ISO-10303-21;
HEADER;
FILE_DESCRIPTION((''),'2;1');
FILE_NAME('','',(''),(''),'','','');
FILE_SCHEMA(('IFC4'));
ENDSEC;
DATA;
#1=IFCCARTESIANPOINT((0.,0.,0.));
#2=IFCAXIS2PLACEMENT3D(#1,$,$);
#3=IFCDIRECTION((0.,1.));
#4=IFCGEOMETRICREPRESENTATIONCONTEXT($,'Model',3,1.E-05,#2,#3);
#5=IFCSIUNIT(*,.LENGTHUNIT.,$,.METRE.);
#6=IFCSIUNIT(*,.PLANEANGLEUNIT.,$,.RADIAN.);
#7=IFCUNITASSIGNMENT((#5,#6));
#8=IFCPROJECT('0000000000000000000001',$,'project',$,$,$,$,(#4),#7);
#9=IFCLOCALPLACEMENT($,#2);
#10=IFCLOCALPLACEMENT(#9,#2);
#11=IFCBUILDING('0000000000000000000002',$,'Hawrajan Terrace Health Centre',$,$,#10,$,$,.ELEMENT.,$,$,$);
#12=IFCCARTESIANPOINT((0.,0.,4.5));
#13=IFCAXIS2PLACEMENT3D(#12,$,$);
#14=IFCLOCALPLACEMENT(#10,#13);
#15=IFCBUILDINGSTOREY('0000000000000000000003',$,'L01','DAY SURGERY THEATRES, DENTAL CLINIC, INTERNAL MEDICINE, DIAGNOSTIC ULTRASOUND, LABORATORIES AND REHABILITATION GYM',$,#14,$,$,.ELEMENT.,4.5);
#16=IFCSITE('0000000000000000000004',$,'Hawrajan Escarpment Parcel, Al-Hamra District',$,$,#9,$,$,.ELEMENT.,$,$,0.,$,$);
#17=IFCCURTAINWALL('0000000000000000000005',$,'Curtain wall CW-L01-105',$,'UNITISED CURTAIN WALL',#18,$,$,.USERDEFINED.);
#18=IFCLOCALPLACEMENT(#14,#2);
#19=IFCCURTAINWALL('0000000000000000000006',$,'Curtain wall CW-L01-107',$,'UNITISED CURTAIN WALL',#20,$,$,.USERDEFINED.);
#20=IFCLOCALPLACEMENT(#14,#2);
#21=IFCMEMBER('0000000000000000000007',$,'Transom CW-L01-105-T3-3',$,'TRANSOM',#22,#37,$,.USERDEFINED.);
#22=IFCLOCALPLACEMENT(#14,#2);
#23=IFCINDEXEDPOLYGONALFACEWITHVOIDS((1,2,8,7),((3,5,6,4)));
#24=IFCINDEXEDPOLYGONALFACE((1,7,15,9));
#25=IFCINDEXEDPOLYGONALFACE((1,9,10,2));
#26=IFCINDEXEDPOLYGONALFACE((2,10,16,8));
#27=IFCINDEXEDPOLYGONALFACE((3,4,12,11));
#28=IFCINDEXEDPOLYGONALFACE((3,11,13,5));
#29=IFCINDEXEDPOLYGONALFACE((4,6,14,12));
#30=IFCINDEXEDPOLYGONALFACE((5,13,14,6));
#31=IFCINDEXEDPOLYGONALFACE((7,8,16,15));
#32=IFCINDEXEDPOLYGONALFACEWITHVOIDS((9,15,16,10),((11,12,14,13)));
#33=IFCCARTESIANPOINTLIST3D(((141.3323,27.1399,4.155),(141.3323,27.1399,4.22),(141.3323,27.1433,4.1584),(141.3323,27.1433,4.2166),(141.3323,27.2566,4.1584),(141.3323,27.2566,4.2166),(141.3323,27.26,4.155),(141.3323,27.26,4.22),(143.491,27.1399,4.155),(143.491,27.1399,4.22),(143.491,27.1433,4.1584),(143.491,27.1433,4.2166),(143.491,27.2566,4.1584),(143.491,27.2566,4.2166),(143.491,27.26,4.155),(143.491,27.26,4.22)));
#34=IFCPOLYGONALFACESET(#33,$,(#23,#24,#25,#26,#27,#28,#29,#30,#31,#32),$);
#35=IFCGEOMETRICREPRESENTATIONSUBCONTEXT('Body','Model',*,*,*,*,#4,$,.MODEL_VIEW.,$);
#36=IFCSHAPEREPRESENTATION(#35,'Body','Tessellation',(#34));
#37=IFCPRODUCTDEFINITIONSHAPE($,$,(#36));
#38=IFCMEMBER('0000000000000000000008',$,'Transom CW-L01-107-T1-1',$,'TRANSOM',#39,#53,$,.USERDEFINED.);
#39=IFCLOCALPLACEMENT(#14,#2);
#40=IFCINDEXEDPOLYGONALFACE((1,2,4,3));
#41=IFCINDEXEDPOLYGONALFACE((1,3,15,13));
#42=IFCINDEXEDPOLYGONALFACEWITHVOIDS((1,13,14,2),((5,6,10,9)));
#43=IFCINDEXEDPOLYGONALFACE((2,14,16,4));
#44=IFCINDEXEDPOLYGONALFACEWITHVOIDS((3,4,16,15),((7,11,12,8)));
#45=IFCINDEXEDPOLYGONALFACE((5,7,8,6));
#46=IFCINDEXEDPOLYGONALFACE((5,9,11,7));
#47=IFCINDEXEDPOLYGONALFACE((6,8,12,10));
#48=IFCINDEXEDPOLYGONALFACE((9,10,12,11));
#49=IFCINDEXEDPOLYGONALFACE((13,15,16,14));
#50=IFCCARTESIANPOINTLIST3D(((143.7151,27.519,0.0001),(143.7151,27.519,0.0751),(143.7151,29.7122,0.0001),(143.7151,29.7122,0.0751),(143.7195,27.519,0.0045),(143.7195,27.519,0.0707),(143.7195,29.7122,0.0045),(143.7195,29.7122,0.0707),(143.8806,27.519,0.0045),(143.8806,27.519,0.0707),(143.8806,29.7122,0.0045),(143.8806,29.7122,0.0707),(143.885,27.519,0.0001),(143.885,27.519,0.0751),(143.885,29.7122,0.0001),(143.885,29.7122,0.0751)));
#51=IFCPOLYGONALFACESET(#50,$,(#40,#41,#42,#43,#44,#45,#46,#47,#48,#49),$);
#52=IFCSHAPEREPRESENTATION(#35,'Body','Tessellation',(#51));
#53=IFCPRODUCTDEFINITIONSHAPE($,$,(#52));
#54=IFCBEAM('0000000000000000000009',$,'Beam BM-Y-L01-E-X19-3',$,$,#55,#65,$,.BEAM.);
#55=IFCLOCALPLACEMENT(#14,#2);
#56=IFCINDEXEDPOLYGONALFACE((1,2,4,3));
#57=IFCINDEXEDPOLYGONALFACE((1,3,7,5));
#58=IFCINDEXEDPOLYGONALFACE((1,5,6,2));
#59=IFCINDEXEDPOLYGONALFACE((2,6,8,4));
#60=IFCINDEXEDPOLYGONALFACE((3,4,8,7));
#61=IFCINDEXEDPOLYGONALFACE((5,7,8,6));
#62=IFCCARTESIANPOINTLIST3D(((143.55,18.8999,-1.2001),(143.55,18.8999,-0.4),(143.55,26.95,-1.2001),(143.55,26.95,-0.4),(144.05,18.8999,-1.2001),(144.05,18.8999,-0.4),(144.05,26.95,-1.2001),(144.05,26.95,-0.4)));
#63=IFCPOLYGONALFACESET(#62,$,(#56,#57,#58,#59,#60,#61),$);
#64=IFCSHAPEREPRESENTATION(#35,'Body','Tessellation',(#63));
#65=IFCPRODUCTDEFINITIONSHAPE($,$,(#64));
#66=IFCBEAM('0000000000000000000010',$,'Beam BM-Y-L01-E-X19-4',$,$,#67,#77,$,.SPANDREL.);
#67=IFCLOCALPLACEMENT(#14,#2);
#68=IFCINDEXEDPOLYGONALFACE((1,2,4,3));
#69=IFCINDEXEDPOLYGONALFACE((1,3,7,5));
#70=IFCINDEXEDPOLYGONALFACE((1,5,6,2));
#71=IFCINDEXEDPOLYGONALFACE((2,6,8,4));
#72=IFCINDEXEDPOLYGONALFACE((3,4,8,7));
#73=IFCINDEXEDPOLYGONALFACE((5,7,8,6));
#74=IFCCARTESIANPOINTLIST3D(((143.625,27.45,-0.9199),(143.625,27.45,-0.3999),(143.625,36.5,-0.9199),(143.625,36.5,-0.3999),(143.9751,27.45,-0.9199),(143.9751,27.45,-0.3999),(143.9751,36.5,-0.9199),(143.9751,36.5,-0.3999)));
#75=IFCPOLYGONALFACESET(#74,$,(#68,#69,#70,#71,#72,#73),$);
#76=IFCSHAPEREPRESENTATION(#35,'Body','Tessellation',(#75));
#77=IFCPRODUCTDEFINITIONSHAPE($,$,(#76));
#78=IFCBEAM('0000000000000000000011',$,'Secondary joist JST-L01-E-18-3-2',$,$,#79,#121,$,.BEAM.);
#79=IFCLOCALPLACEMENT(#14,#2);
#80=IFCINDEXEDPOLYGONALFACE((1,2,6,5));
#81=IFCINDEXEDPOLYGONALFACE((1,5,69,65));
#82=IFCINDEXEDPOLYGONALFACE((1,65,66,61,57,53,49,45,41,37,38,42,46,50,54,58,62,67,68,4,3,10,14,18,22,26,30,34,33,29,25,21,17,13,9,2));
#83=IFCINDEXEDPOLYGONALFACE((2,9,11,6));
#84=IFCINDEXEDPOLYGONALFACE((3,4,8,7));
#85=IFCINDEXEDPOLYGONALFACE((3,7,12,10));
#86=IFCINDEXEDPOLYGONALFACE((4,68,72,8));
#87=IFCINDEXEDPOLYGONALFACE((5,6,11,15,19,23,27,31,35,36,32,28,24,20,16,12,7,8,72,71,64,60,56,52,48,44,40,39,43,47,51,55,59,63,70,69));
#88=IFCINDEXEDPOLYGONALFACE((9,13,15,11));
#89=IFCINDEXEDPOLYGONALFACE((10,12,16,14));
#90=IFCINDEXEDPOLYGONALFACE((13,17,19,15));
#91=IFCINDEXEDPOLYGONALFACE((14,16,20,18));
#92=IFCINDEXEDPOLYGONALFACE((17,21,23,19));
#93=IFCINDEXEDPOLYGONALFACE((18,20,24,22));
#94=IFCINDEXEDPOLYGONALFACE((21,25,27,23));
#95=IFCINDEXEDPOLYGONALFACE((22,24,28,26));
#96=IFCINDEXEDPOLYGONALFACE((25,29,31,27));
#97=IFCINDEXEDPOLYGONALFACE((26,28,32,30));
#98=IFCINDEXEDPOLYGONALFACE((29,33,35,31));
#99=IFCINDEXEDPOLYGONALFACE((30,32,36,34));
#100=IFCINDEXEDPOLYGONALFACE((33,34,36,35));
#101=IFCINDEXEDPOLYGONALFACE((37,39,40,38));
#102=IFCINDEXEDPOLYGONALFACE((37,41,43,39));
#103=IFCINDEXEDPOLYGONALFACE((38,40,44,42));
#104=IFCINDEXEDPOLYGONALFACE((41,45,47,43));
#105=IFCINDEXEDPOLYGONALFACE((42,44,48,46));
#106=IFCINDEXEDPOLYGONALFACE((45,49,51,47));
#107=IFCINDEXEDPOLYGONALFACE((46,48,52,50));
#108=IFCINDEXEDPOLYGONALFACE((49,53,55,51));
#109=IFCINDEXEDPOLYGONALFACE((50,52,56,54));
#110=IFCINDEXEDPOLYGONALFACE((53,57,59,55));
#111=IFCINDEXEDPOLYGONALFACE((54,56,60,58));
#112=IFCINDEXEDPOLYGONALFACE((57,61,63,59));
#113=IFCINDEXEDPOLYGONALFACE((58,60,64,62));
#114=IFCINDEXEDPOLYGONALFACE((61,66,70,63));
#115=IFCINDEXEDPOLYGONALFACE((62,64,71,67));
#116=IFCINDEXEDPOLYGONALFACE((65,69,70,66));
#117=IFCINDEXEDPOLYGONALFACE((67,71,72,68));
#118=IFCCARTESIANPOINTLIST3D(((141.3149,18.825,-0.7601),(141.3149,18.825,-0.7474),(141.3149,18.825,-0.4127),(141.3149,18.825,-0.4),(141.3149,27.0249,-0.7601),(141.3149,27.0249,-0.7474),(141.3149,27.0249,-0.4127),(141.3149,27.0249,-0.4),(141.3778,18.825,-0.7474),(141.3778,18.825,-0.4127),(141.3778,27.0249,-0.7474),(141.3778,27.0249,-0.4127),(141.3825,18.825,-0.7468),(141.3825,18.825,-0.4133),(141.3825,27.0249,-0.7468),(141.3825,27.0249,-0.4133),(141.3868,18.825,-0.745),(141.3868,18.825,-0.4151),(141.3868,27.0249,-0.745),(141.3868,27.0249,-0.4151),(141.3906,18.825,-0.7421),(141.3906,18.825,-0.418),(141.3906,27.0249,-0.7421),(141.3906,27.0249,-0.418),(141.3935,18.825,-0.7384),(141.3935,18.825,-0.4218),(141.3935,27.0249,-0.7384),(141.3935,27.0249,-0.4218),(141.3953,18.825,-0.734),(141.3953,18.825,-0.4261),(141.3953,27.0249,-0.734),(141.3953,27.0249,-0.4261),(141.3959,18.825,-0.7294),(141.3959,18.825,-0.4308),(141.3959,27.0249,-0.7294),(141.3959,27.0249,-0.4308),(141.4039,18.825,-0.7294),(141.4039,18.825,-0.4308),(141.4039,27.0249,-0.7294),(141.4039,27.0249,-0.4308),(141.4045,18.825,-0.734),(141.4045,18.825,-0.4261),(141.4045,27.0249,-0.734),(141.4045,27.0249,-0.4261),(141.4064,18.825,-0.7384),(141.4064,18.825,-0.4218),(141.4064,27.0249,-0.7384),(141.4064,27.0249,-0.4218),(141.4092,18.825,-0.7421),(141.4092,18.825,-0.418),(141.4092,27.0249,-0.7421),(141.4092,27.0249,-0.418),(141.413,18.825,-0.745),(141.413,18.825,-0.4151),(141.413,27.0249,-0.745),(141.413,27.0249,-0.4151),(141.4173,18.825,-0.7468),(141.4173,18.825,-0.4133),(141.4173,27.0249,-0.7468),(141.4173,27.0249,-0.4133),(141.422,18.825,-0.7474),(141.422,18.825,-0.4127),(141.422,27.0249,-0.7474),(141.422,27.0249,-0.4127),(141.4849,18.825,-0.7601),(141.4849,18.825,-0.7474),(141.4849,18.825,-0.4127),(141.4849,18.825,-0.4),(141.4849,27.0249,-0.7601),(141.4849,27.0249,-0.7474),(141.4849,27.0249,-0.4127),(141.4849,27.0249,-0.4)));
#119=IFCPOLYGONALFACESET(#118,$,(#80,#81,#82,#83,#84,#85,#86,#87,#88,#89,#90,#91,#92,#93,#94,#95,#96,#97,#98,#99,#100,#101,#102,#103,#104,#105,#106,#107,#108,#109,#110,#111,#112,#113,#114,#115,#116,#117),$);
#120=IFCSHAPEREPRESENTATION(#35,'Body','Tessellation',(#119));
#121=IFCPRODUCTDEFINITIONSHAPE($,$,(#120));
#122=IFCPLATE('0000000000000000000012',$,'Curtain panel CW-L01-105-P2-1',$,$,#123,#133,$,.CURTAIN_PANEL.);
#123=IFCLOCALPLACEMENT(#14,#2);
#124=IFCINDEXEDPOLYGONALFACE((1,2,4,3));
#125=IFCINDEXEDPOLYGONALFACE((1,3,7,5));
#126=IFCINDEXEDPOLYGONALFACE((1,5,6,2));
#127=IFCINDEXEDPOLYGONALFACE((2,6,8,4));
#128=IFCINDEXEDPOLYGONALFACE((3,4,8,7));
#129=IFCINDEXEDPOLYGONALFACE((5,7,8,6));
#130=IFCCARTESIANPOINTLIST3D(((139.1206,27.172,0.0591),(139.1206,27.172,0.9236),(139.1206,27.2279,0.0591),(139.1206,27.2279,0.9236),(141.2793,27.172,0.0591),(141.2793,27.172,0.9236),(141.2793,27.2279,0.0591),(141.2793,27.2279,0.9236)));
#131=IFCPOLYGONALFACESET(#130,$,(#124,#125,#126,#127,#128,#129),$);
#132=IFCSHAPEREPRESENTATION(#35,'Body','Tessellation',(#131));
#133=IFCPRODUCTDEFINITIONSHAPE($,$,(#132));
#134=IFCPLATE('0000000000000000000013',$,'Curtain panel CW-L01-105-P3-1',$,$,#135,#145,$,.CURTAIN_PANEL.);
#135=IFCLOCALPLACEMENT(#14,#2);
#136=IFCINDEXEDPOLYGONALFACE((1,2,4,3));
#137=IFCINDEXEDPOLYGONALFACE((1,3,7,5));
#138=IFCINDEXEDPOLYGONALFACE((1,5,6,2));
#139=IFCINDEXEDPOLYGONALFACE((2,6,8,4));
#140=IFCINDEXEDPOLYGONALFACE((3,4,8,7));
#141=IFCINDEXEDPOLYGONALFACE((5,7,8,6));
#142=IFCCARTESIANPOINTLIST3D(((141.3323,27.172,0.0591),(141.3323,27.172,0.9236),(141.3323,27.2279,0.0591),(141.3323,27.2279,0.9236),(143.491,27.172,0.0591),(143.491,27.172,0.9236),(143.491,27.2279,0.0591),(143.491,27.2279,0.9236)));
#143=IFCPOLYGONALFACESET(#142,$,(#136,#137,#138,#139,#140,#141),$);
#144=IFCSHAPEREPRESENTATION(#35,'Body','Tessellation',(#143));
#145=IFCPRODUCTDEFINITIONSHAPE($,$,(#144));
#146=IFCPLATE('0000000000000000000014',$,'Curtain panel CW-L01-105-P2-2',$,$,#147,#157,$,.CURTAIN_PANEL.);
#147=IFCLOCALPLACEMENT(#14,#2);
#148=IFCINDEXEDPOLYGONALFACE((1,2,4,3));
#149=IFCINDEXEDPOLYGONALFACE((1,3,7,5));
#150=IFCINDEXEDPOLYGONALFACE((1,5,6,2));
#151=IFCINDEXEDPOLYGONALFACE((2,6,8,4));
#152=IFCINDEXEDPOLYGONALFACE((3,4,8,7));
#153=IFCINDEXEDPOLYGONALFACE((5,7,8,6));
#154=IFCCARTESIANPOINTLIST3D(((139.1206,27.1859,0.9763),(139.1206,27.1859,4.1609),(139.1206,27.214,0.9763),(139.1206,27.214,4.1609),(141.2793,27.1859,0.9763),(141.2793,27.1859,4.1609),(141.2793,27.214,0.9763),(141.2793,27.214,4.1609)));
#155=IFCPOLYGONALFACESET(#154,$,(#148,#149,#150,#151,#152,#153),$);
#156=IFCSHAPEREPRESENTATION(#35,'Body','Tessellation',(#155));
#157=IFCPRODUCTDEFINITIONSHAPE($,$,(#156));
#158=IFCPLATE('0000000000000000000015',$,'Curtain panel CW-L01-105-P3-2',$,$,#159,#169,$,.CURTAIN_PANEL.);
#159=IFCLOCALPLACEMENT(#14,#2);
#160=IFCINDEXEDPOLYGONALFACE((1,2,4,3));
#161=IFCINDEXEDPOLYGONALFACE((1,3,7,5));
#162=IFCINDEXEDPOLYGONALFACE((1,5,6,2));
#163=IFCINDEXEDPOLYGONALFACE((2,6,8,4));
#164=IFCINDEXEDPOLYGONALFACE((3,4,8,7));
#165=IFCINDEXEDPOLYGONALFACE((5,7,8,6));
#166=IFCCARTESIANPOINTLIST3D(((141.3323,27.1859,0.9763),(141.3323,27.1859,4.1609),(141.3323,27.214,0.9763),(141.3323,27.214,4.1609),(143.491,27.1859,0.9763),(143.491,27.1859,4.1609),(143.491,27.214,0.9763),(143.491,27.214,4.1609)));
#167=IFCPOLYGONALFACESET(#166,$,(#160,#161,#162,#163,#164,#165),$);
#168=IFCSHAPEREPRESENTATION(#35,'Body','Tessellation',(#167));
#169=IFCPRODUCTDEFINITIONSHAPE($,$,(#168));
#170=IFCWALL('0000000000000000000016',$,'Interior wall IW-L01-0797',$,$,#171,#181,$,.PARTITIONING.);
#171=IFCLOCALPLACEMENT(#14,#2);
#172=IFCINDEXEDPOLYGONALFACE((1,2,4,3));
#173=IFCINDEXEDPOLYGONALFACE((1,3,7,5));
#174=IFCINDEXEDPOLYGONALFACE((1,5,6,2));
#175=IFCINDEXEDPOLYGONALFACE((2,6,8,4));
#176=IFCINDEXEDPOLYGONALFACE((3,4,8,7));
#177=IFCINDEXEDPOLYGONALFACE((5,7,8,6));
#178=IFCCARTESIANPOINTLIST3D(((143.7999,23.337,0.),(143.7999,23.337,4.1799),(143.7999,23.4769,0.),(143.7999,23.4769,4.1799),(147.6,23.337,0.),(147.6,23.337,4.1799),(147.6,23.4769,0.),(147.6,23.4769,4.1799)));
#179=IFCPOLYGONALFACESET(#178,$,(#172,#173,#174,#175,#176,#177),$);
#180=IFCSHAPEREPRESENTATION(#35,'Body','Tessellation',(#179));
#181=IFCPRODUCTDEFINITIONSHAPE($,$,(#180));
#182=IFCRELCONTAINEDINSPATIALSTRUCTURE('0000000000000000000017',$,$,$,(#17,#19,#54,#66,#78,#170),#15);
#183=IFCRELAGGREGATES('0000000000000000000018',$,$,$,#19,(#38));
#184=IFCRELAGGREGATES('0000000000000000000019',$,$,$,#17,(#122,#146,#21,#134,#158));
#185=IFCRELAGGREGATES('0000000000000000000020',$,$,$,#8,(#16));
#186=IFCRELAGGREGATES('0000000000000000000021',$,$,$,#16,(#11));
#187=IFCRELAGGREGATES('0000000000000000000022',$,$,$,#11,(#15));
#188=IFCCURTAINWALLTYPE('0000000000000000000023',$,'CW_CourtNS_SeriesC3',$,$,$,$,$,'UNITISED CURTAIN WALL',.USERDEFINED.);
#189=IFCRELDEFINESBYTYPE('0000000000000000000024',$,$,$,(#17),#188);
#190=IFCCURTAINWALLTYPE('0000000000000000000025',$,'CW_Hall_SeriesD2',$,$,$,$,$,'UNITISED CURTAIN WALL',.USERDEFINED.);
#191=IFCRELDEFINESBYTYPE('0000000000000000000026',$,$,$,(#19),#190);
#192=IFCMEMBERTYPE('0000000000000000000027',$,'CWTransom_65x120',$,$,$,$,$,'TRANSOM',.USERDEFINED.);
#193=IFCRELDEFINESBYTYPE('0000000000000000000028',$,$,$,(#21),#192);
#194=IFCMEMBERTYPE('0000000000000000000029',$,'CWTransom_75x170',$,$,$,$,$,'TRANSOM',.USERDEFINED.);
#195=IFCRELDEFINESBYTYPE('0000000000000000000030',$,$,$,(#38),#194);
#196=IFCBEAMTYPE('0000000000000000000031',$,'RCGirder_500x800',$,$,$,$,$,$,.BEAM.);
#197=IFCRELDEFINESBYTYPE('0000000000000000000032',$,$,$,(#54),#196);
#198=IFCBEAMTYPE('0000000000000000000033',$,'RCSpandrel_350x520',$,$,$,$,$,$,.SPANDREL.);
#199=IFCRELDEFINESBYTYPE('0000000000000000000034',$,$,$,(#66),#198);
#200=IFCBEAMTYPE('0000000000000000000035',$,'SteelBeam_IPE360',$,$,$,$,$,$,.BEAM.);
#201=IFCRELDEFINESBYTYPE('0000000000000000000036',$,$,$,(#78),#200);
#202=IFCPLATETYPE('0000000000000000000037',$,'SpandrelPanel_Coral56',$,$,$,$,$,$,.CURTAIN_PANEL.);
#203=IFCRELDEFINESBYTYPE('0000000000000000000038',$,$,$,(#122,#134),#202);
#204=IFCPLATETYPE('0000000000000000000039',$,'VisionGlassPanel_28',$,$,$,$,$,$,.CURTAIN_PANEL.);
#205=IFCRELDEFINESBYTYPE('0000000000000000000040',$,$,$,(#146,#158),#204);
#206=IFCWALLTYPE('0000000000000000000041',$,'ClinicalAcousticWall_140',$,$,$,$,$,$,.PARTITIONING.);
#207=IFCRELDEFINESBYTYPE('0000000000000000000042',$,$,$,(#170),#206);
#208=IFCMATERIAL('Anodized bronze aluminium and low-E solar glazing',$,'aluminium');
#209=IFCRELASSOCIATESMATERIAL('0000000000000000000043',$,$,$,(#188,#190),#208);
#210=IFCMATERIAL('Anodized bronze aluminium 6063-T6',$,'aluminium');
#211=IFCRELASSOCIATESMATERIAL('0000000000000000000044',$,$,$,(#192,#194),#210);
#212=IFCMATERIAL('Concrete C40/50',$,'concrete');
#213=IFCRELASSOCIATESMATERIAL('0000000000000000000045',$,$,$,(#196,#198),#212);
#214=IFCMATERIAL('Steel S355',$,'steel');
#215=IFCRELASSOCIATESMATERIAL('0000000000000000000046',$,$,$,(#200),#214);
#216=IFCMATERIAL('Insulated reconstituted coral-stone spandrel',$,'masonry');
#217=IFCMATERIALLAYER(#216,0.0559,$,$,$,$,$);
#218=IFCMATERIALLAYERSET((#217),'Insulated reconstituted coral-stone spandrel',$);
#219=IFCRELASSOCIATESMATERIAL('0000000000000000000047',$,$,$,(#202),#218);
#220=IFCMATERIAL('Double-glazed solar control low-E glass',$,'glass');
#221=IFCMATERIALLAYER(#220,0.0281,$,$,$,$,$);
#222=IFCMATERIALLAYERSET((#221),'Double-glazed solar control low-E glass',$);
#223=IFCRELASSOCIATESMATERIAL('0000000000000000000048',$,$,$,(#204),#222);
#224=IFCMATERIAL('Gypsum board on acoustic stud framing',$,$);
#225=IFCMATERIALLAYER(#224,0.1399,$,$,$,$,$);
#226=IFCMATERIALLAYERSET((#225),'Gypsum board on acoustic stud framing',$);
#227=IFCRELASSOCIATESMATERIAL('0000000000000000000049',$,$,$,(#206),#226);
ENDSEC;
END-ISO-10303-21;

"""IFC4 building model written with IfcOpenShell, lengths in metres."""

from ifc_helpers import new_model, si_unit, direction, frame, frame_2d, origin, origin_2d, place, context, subcontext, project, spatial, rectangle, hollow_rectangle, i_section, extrude, material, layer, layer_set, material_profile, profile_set, type_object, element, aggregate, save


model = new_model("IFC4")

# Units and contexts
model_context = context("Model", 3, precision=1e-05, world=origin(), true_north=direction((0.0, 1.0)))
body_context = subcontext(model_context, "Body", "Model", "MODEL_VIEW")
ifc_project = project(units=[si_unit("LENGTHUNIT", "METRE"), si_unit("PLANEANGLEUNIT", "RADIAN")], contexts=[model_context])

# Site, building, storey
site_placement = place(None, origin())
site = spatial("IfcSite", under=ifc_project, at=site_placement, Name="Hawrajan Escarpment Parcel, Al-Hamra District", CompositionType="ELEMENT", RefElevation=0.0)
building_placement = place(site_placement, origin())
building = spatial("IfcBuilding", under=site, at=building_placement, Name="Hawrajan Terrace Health Centre", CompositionType="ELEMENT")
storey_placement = place(building_placement, frame((0.0, 0.0, 4.5)))
storey = spatial("IfcBuildingStorey", under=building, at=storey_placement, Name="L01", Description="DAY SURGERY THEATRES, DENTAL CLINIC, INTERNAL MEDICINE, DIAGNOSTIC ULTRASOUND, LABORATORIES AND REHABILITATION GYM", CompositionType="ELEMENT", Elevation=4.5)

# Shared definitions
ifc_material_1 = material(Name="Concrete C40/50", Category="concrete")

# Curtain wall
ifc_material_2 = material(Name="Anodized bronze aluminium and low-E solar glazing", Category="aluminium")
curtain_wall_type_1 = type_object("IfcCurtainWallType", Name="CW_CourtNS_SeriesC3", ElementType="UNITISED CURTAIN WALL", PredefinedType="USERDEFINED", material=ifc_material_2)
curtain_wall_1_placement = place(storey_placement, origin())
curtain_wall_1 = element("IfcCurtainWall", 1, at=curtain_wall_1_placement, inside=storey, type_object=curtain_wall_type_1, Name="Curtain wall CW-L01-105", ObjectType="UNITISED CURTAIN WALL", PredefinedType="USERDEFINED")
ifc_material_3 = material(Name="Anodized bronze aluminium 6063-T6", Category="aluminium")

# Curtain wall
curtain_wall_type_2 = type_object("IfcCurtainWallType", Name="CW_Hall_SeriesD2", ElementType="UNITISED CURTAIN WALL", PredefinedType="USERDEFINED", material=ifc_material_2)
curtain_wall_2_placement = place(storey_placement, origin())
curtain_wall_2 = element("IfcCurtainWall", 2, at=curtain_wall_2_placement, inside=storey, type_object=curtain_wall_type_2, Name="Curtain wall CW-L01-107", ObjectType="UNITISED CURTAIN WALL", PredefinedType="USERDEFINED")

# Members
ifc_material_profile_1 = material_profile(ifc_material_3, hollow_rectangle(XDim=0.0649, YDim=0.1201, WallThickness=0.0034, at=origin_2d()), Name="CW TRN 65x120")
ifc_profile_set_1 = profile_set([ifc_material_profile_1], Name="Anodized bronze aluminium 6063-T6")
member_type_1 = type_object("IfcMemberType", Name="CWTransom_65x120", ElementType="TRANSOM", PredefinedType="USERDEFINED", material=ifc_profile_set_1)
member_1_placement = place(storey_placement, frame((141.3323, 27.2, 4.1875), z_axis=(1.0, 0.0, 0.0), x_axis=(0.0, 0.0, 1.0)))
member_1 = element("IfcMember", 3, at=member_1_placement, type_object=member_type_1, Name="Transom CW-L01-105-T3-3", ObjectType="TRANSOM", PredefinedType="USERDEFINED", context=body_context, shape_type="SweptSolid", body=[
    extrude(hollow_rectangle(XDim=0.0649, YDim=0.1201, WallThickness=0.0034, at=origin_2d()), origin(), (0.0, 0.0, 1.0), 2.1587),
])
ifc_material_profile_2 = material_profile(ifc_material_3, hollow_rectangle(XDim=0.075, YDim=0.1699, WallThickness=0.0044, at=origin_2d()), Name="CW TRN 75x170")
ifc_profile_set_2 = profile_set([ifc_material_profile_2], Name="Anodized bronze aluminium 6063-T6")
member_type_2 = type_object("IfcMemberType", Name="CWTransom_75x170", ElementType="TRANSOM", PredefinedType="USERDEFINED", material=ifc_profile_set_2)
member_2_placement = place(storey_placement, frame((143.8, 27.519, 0.0376), z_axis=(0.0, 1.0, 0.0), x_axis=(0.0, 0.0, 1.0)))
member_2 = element("IfcMember", 4, at=member_2_placement, type_object=member_type_2, Name="Transom CW-L01-107-T1-1", ObjectType="TRANSOM", PredefinedType="USERDEFINED", context=body_context, shape_type="SweptSolid", body=[
    extrude(hollow_rectangle(XDim=0.075, YDim=0.1699, WallThickness=0.0044, at=origin_2d()), origin(), (0.0, 0.0, 1.0), 2.1931),
])
aggregate(curtain_wall_2, [member_2])

# Beams
ifc_material_profile_3 = material_profile(ifc_material_1, rectangle(XDim=0.5, YDim=0.8, at=origin_2d()), Name="RC BM 500x800")
ifc_profile_set_3 = profile_set([ifc_material_profile_3], Name="Concrete C40/50")
beam_type_1 = type_object("IfcBeamType", Name="RCGirder_500x800", PredefinedType="BEAM", material=ifc_profile_set_3)
beam_1_placement = place(storey_placement, frame((143.8, 18.8999, -0.8), z_axis=(0.0, 1.0, 0.0), x_axis=(-1.0, 0.0, 0.0)))
element("IfcBeam", 5, at=beam_1_placement, inside=storey, type_object=beam_type_1, Name="Beam BM-Y-L01-E-X19-3", PredefinedType="BEAM", context=body_context, shape_type="SweptSolid", body=[
    extrude(rectangle(XDim=0.5, YDim=0.8, at=origin_2d()), origin(), (0.0, 0.0, 1.0), 8.05),
])
ifc_material_profile_4 = material_profile(ifc_material_1, rectangle(XDim=0.3501, YDim=0.52, at=origin_2d()), Name="RC SP 350x520")
ifc_profile_set_4 = profile_set([ifc_material_profile_4], Name="Concrete C40/50")
beam_type_2 = type_object("IfcBeamType", Name="RCSpandrel_350x520", PredefinedType="SPANDREL", material=ifc_profile_set_4)
beam_2_placement = place(storey_placement, frame((143.8, 27.45, -0.6599), z_axis=(0.0, 1.0, 0.0), x_axis=(-1.0, 0.0, 0.0)))
element("IfcBeam", 6, at=beam_2_placement, inside=storey, type_object=beam_type_2, Name="Beam BM-Y-L01-E-X19-4", PredefinedType="SPANDREL", context=body_context, shape_type="SweptSolid", body=[
    extrude(rectangle(XDim=0.3501, YDim=0.52, at=origin_2d()), origin(), (0.0, 0.0, 1.0), 9.05),
])
ifc_material_4 = material(Name="Steel S355", Category="steel")
ifc_material_profile_5 = material_profile(ifc_material_4, i_section(OverallWidth=0.1699, OverallDepth=0.3601, WebThickness=0.0081, FlangeThickness=0.0127, FilletRadius=0.0181, at=origin_2d()), Name="IPE 360")
ifc_profile_set_5 = profile_set([ifc_material_profile_5], Name="Steel S355")
beam_type_3 = type_object("IfcBeamType", Name="SteelBeam_IPE360", PredefinedType="BEAM", material=ifc_profile_set_5)
beam_3_placement = place(storey_placement, frame((141.3999, 18.825, -0.5801), z_axis=(0.0, 1.0, 0.0), x_axis=(-1.0, 0.0, 0.0)))
element("IfcBeam", 7, at=beam_3_placement, inside=storey, type_object=beam_type_3, Name="Secondary joist JST-L01-E-18-3-2", PredefinedType="BEAM", context=body_context, shape_type="SweptSolid", body=[
    extrude(i_section(OverallWidth=0.1699, OverallDepth=0.3601, WebThickness=0.0081, FlangeThickness=0.0127, FilletRadius=0.0181, at=origin_2d()), origin(), (0.0, 0.0, 1.0), 8.2),
])

# Plates
ifc_material_5 = material(Name="Insulated reconstituted coral-stone spandrel", Category="masonry")
ifc_layer_1 = layer(ifc_material_5, 0.0559)
ifc_layer_set_1 = layer_set([ifc_layer_1], Name="Insulated reconstituted coral-stone spandrel")
plate_type_1 = type_object("IfcPlateType", Name="SpandrelPanel_Coral56", PredefinedType="CURTAIN_PANEL", material=ifc_layer_set_1)
plate_1_placement = place(storey_placement, frame((140.2, 27.2, 0.0591), z_axis=(0.0, 0.0, 1.0), x_axis=(1.0, 0.0, 0.0)))
plate_1 = element("IfcPlate", 8, at=plate_1_placement, type_object=plate_type_1, Name="Curtain panel CW-L01-105-P2-1", PredefinedType="CURTAIN_PANEL", context=body_context, shape_type="SweptSolid", body=[
    extrude(rectangle(XDim=2.1587, YDim=0.0559, at=origin_2d()), origin(), (0.0, 0.0, 1.0), 0.8645),
])
plate_2_placement = place(storey_placement, frame((142.4116, 27.2, 0.0591), z_axis=(0.0, 0.0, 1.0), x_axis=(1.0, 0.0, 0.0)))
plate_2 = element("IfcPlate", 9, at=plate_2_placement, type_object=plate_type_1, Name="Curtain panel CW-L01-105-P3-1", PredefinedType="CURTAIN_PANEL", context=body_context, shape_type="SweptSolid", body=[
    extrude(rectangle(XDim=2.1587, YDim=0.0559, at=origin_2d()), origin(), (0.0, 0.0, 1.0), 0.8645),
])
ifc_material_6 = material(Name="Double-glazed solar control low-E glass", Category="glass")
ifc_layer_2 = layer(ifc_material_6, 0.0281)
ifc_layer_set_2 = layer_set([ifc_layer_2], Name="Double-glazed solar control low-E glass")
plate_type_2 = type_object("IfcPlateType", Name="VisionGlassPanel_28", PredefinedType="CURTAIN_PANEL", material=ifc_layer_set_2)
plate_3_placement = place(storey_placement, frame((140.2, 27.2, 0.9763), z_axis=(0.0, 0.0, 1.0), x_axis=(1.0, 0.0, 0.0)))
plate_3 = element("IfcPlate", 10, at=plate_3_placement, type_object=plate_type_2, Name="Curtain panel CW-L01-105-P2-2", PredefinedType="CURTAIN_PANEL", context=body_context, shape_type="SweptSolid", body=[
    extrude(rectangle(XDim=2.1587, YDim=0.0281, at=origin_2d()), origin(), (0.0, 0.0, 1.0), 3.1846),
])
plate_4_placement = place(storey_placement, frame((142.4116, 27.2, 0.9763), z_axis=(0.0, 0.0, 1.0), x_axis=(1.0, 0.0, 0.0)))
plate_4 = element("IfcPlate", 11, at=plate_4_placement, type_object=plate_type_2, Name="Curtain panel CW-L01-105-P3-2", PredefinedType="CURTAIN_PANEL", context=body_context, shape_type="SweptSolid", body=[
    extrude(rectangle(XDim=2.1587, YDim=0.0281, at=origin_2d()), origin(), (0.0, 0.0, 1.0), 3.1846),
])
aggregate(curtain_wall_1, [plate_1, plate_3, member_1, plate_2, plate_4])

# Wall
ifc_material_7 = material(Name="Gypsum board on acoustic stud framing")
ifc_layer_3 = layer(ifc_material_7, 0.1399)
ifc_layer_set_3 = layer_set([ifc_layer_3], Name="Gypsum board on acoustic stud framing")
wall_type_1 = type_object("IfcWallType", Name="ClinicalAcousticWall_140", PredefinedType="PARTITIONING", material=ifc_layer_set_3)
wall_1_placement = place(storey_placement, frame((143.8, 23.407, 0.0), z_axis=(0.0, 0.0, 1.0), x_axis=(1.0, 0.0, 0.0)))
element("IfcWall", 12, at=wall_1_placement, inside=storey, type_object=wall_type_1, Name="Interior wall IW-L01-0797", PredefinedType="PARTITIONING", context=body_context, shape_type="SweptSolid", body=[
    extrude(rectangle(XDim=3.8, YDim=0.1399, at=frame_2d((1.8999, 0.0))), origin(), (0.0, 0.0, 1.0), 4.1799),
])

save(model, "model.ifc")
